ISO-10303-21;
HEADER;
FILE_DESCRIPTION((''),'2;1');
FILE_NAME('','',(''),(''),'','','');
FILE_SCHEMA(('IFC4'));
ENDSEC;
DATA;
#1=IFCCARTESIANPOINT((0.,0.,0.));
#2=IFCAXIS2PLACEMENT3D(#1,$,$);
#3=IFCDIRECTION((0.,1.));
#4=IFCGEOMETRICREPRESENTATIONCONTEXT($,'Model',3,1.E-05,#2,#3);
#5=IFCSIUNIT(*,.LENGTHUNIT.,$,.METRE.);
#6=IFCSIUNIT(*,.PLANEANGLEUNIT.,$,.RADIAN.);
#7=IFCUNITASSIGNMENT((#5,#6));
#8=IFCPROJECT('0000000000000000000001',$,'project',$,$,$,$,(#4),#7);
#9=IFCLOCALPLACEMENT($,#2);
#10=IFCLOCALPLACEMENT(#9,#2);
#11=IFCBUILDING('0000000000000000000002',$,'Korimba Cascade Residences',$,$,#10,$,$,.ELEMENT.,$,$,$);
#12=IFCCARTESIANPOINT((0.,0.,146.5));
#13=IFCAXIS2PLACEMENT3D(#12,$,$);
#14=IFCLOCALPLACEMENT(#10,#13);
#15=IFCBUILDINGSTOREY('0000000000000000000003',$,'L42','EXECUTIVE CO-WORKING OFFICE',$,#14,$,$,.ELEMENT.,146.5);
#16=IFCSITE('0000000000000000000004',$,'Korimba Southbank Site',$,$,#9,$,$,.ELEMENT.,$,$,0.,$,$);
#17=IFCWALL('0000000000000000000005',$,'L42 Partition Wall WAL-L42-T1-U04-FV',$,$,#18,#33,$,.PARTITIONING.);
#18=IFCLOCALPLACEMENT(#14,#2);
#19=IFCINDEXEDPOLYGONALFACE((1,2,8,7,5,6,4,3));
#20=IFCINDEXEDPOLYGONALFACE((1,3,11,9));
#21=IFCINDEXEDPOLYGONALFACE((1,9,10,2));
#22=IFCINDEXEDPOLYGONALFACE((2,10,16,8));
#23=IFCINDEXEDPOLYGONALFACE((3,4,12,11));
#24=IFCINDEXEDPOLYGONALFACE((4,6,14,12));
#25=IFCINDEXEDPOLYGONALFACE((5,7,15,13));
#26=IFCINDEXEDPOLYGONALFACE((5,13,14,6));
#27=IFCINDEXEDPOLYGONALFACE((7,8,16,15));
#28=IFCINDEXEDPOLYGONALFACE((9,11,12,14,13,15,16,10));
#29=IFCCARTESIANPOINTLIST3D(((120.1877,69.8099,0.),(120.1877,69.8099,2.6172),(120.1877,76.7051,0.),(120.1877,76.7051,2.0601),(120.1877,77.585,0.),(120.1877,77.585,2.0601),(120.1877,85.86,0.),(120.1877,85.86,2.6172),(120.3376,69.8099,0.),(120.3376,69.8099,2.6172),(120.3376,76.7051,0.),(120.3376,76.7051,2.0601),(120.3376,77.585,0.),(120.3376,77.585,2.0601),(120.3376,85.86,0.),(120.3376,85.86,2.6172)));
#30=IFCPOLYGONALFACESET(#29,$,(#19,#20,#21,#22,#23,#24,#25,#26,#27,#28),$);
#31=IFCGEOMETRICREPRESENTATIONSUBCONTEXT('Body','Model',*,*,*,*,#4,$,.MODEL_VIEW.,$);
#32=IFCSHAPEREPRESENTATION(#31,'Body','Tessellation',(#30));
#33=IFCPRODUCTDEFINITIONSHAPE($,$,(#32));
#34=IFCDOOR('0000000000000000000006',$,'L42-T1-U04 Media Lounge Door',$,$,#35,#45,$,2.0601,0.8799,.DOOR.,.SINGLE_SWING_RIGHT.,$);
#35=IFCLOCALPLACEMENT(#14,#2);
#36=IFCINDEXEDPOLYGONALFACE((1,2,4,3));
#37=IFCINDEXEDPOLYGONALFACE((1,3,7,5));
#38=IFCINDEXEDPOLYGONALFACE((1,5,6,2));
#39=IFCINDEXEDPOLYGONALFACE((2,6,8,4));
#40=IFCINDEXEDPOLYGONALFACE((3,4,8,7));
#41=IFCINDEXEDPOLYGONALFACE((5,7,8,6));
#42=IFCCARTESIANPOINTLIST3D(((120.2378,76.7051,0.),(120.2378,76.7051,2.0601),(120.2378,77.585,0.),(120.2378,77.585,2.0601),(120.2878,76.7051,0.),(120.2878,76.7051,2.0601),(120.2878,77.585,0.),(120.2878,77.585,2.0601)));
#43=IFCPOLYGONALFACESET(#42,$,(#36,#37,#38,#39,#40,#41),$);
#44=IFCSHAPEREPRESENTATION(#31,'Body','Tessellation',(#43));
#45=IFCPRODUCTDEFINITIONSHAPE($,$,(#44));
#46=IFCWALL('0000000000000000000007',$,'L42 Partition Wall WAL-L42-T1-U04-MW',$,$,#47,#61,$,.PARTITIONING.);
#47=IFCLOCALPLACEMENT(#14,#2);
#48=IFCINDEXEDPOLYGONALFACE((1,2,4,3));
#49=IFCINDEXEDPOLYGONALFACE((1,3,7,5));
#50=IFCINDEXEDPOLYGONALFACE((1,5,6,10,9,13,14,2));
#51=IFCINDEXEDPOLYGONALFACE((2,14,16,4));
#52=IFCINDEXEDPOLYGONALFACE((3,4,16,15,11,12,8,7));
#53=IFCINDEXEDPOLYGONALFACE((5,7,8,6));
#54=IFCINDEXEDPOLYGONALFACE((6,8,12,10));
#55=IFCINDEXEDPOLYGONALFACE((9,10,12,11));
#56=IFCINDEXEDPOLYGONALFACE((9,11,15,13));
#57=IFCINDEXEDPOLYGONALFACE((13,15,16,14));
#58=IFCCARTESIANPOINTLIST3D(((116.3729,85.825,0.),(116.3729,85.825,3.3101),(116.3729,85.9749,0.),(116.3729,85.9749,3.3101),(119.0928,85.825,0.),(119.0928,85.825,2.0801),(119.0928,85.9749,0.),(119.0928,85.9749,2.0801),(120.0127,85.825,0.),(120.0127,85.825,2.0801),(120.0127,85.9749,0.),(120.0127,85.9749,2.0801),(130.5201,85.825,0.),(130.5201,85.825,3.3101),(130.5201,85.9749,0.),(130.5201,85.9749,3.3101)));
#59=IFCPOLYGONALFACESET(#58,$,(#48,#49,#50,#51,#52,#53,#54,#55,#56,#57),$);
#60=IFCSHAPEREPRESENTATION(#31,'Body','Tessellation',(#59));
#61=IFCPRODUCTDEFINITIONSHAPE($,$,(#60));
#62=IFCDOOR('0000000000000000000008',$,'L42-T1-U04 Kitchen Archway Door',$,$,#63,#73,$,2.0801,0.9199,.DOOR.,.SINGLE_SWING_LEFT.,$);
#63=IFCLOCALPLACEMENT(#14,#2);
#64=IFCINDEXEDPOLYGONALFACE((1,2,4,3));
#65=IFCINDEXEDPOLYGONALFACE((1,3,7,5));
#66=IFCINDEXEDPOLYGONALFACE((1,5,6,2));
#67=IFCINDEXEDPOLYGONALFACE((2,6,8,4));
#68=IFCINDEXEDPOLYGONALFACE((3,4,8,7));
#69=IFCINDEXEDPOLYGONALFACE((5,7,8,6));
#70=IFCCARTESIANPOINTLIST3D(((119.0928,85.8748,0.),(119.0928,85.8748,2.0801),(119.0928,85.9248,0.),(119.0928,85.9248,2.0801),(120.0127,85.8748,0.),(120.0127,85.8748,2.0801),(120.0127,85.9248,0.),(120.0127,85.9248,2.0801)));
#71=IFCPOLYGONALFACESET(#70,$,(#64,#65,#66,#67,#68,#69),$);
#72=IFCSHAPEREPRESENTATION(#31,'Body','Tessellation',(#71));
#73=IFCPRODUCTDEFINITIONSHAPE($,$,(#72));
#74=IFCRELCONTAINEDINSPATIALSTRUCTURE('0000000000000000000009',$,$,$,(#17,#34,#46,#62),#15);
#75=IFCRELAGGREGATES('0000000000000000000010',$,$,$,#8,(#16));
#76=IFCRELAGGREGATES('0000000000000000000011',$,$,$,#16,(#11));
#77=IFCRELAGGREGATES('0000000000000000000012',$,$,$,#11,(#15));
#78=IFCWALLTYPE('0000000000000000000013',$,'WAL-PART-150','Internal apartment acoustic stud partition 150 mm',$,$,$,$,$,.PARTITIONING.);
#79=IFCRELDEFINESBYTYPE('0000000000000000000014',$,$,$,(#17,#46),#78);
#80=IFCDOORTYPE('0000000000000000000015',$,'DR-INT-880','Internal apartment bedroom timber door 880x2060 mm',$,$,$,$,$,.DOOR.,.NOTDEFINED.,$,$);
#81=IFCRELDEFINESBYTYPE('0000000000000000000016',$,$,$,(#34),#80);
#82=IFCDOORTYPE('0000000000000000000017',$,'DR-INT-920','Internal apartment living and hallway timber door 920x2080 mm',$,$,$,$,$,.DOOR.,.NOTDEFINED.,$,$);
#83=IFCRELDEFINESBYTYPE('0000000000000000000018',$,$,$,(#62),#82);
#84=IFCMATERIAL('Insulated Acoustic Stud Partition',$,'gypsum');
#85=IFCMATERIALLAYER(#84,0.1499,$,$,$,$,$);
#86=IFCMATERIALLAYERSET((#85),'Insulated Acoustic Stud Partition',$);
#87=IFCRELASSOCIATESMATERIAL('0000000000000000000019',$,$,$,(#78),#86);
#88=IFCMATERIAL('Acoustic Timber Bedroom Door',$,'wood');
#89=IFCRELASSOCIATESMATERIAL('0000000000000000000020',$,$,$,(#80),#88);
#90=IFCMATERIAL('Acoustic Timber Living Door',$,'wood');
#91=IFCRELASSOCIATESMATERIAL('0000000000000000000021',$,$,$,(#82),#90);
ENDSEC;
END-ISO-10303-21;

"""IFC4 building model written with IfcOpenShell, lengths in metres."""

from ifc_helpers import new_model, si_unit, direction, frame, frame_2d, origin, place, context, subcontext, project, spatial, rectangle, extrude, material, layer, layer_set, type_object, element, fill, save


model = new_model("IFC4")

# Units and contexts
model_context = context("Model", 3, precision=1e-05, world=origin(), true_north=direction((0.0, 1.0)))
body_context = subcontext(model_context, "Body", "Model", "MODEL_VIEW")
ifc_project = project(units=[si_unit("LENGTHUNIT", "METRE"), si_unit("PLANEANGLEUNIT", "RADIAN")], contexts=[model_context])

# Site, building, storey
site_placement = place(None, origin())
site = spatial("IfcSite", under=ifc_project, at=site_placement, Name="Korimba Southbank Site", CompositionType="ELEMENT", RefElevation=0.0)
building_placement = place(site_placement, origin())
building = spatial("IfcBuilding", under=site, at=building_placement, Name="Korimba Cascade Residences", CompositionType="ELEMENT")
storey_placement = place(building_placement, frame((0.0, 0.0, 146.5)))
storey = spatial("IfcBuildingStorey", under=building, at=storey_placement, Name="L42", Description="EXECUTIVE CO-WORKING OFFICE", CompositionType="ELEMENT", Elevation=146.5)

# Walls, openings, doors
ifc_material_1 = material(Name="Insulated Acoustic Stud Partition", Category="gypsum")
ifc_layer_1 = layer(ifc_material_1, 0.1499)
ifc_layer_set_1 = layer_set([ifc_layer_1], Name="Insulated Acoustic Stud Partition")
wall_type_1 = type_object("IfcWallType", Name="WAL-PART-150", Description="Internal apartment acoustic stud partition 150 mm", PredefinedType="PARTITIONING", material=ifc_layer_set_1)
ifc_material_2 = material(Name="Acoustic Timber Bedroom Door", Category="wood")
door_type_1 = type_object("IfcDoorType", Name="DR-INT-880", Description="Internal apartment bedroom timber door 880x2060 mm", OperationType="NOTDEFINED", PredefinedType="DOOR", material=ifc_material_2)
wall_1_placement = place(storey_placement, frame((120.2627, 69.8101, 0.0), z_axis=(0.0, 0.0, 1.0), x_axis=(0.0, 1.0, 0.0)))
wall_1 = element("IfcWall", 1, at=wall_1_placement, inside=storey, type_object=wall_type_1, Name="L42 Partition Wall WAL-L42-T1-U04-FV", PredefinedType="PARTITIONING", context=body_context, shape_type="SweptSolid", body=[
    extrude(rectangle(XDim=16.05, YDim=0.1499, at=frame_2d((8.0249, 0.0))), origin(), (0.0, 0.0, 1.0), 2.6172),
])
opening_1_placement = place(wall_1_placement, frame((6.895, 0.0, 0.0)))
opening_1 = element("IfcOpeningElement", 2, at=opening_1_placement, cuts=wall_1, PredefinedType="OPENING", context=body_context, shape_type="SweptSolid", body=[
    extrude(rectangle(XDim=0.8799, YDim=2.0601, at=frame_2d((0.4399, 1.03))), frame((0.0, 0.085, 0.0), z_axis=(0.0, -1.0, 0.0), x_axis=(1.0, 0.0, 0.0)), (0.0, 0.0, 1.0), 0.1699),
])
door_1_placement = place(opening_1_placement, origin())
door_1 = element("IfcDoor", 3, at=door_1_placement, inside=storey, type_object=door_type_1, Name="L42-T1-U04 Media Lounge Door", OperationType="SINGLE_SWING_RIGHT", OverallHeight=2.0601, OverallWidth=0.8799, PredefinedType="DOOR", context=body_context, shape_type="SweptSolid", body=[
    extrude(rectangle(XDim=0.8799, YDim=2.0601, at=frame_2d((0.4399, 1.03))), frame((0.0, 0.0249, 0.0), z_axis=(0.0, -1.0, 0.0), x_axis=(1.0, 0.0, 0.0)), (0.0, 0.0, 1.0), 0.05),
])
fill(opening_1, door_1)
wall_2_placement = place(storey_placement, frame((116.3728, 85.8999, 0.0), z_axis=(0.0, 0.0, 1.0), x_axis=(1.0, 0.0, 0.0)))
wall_2 = element("IfcWall", 4, at=wall_2_placement, inside=storey, type_object=wall_type_1, Name="L42 Partition Wall WAL-L42-T1-U04-MW", PredefinedType="PARTITIONING", context=body_context, shape_type="SweptSolid", body=[
    extrude(rectangle(XDim=14.1472, YDim=0.1499, at=frame_2d((7.0737, 0.0))), origin(), (0.0, 0.0, 1.0), 3.3101),
])
opening_2_placement = place(wall_2_placement, frame((2.72, 0.0, 0.0)))
opening_2 = element("IfcOpeningElement", 5, at=opening_2_placement, cuts=wall_2, PredefinedType="OPENING", context=body_context, shape_type="SweptSolid", body=[
    extrude(rectangle(XDim=0.9199, YDim=2.0801, at=frame_2d((0.46, 1.04))), frame((0.0, 0.085, 0.0), z_axis=(0.0, -1.0, 0.0), x_axis=(1.0, 0.0, 0.0)), (0.0, 0.0, 1.0), 0.1699),
])
ifc_material_3 = material(Name="Acoustic Timber Living Door", Category="wood")
door_type_2 = type_object("IfcDoorType", Name="DR-INT-920", Description="Internal apartment living and hallway timber door 920x2080 mm", OperationType="NOTDEFINED", PredefinedType="DOOR", material=ifc_material_3)
door_2_placement = place(opening_2_placement, origin())
door_2 = element("IfcDoor", 6, at=door_2_placement, inside=storey, type_object=door_type_2, Name="L42-T1-U04 Kitchen Archway Door", OperationType="SINGLE_SWING_LEFT", OverallHeight=2.0801, OverallWidth=0.9199, PredefinedType="DOOR", context=body_context, shape_type="SweptSolid", body=[
    extrude(rectangle(XDim=0.9199, YDim=2.0801, at=frame_2d((0.46, 1.04))), frame((0.0, 0.0249, 0.0), z_axis=(0.0, -1.0, 0.0), x_axis=(1.0, 0.0, 0.0)), (0.0, 0.0, 1.0), 0.05),
])
fill(opening_2, door_2)

save(model, "model.ifc")
